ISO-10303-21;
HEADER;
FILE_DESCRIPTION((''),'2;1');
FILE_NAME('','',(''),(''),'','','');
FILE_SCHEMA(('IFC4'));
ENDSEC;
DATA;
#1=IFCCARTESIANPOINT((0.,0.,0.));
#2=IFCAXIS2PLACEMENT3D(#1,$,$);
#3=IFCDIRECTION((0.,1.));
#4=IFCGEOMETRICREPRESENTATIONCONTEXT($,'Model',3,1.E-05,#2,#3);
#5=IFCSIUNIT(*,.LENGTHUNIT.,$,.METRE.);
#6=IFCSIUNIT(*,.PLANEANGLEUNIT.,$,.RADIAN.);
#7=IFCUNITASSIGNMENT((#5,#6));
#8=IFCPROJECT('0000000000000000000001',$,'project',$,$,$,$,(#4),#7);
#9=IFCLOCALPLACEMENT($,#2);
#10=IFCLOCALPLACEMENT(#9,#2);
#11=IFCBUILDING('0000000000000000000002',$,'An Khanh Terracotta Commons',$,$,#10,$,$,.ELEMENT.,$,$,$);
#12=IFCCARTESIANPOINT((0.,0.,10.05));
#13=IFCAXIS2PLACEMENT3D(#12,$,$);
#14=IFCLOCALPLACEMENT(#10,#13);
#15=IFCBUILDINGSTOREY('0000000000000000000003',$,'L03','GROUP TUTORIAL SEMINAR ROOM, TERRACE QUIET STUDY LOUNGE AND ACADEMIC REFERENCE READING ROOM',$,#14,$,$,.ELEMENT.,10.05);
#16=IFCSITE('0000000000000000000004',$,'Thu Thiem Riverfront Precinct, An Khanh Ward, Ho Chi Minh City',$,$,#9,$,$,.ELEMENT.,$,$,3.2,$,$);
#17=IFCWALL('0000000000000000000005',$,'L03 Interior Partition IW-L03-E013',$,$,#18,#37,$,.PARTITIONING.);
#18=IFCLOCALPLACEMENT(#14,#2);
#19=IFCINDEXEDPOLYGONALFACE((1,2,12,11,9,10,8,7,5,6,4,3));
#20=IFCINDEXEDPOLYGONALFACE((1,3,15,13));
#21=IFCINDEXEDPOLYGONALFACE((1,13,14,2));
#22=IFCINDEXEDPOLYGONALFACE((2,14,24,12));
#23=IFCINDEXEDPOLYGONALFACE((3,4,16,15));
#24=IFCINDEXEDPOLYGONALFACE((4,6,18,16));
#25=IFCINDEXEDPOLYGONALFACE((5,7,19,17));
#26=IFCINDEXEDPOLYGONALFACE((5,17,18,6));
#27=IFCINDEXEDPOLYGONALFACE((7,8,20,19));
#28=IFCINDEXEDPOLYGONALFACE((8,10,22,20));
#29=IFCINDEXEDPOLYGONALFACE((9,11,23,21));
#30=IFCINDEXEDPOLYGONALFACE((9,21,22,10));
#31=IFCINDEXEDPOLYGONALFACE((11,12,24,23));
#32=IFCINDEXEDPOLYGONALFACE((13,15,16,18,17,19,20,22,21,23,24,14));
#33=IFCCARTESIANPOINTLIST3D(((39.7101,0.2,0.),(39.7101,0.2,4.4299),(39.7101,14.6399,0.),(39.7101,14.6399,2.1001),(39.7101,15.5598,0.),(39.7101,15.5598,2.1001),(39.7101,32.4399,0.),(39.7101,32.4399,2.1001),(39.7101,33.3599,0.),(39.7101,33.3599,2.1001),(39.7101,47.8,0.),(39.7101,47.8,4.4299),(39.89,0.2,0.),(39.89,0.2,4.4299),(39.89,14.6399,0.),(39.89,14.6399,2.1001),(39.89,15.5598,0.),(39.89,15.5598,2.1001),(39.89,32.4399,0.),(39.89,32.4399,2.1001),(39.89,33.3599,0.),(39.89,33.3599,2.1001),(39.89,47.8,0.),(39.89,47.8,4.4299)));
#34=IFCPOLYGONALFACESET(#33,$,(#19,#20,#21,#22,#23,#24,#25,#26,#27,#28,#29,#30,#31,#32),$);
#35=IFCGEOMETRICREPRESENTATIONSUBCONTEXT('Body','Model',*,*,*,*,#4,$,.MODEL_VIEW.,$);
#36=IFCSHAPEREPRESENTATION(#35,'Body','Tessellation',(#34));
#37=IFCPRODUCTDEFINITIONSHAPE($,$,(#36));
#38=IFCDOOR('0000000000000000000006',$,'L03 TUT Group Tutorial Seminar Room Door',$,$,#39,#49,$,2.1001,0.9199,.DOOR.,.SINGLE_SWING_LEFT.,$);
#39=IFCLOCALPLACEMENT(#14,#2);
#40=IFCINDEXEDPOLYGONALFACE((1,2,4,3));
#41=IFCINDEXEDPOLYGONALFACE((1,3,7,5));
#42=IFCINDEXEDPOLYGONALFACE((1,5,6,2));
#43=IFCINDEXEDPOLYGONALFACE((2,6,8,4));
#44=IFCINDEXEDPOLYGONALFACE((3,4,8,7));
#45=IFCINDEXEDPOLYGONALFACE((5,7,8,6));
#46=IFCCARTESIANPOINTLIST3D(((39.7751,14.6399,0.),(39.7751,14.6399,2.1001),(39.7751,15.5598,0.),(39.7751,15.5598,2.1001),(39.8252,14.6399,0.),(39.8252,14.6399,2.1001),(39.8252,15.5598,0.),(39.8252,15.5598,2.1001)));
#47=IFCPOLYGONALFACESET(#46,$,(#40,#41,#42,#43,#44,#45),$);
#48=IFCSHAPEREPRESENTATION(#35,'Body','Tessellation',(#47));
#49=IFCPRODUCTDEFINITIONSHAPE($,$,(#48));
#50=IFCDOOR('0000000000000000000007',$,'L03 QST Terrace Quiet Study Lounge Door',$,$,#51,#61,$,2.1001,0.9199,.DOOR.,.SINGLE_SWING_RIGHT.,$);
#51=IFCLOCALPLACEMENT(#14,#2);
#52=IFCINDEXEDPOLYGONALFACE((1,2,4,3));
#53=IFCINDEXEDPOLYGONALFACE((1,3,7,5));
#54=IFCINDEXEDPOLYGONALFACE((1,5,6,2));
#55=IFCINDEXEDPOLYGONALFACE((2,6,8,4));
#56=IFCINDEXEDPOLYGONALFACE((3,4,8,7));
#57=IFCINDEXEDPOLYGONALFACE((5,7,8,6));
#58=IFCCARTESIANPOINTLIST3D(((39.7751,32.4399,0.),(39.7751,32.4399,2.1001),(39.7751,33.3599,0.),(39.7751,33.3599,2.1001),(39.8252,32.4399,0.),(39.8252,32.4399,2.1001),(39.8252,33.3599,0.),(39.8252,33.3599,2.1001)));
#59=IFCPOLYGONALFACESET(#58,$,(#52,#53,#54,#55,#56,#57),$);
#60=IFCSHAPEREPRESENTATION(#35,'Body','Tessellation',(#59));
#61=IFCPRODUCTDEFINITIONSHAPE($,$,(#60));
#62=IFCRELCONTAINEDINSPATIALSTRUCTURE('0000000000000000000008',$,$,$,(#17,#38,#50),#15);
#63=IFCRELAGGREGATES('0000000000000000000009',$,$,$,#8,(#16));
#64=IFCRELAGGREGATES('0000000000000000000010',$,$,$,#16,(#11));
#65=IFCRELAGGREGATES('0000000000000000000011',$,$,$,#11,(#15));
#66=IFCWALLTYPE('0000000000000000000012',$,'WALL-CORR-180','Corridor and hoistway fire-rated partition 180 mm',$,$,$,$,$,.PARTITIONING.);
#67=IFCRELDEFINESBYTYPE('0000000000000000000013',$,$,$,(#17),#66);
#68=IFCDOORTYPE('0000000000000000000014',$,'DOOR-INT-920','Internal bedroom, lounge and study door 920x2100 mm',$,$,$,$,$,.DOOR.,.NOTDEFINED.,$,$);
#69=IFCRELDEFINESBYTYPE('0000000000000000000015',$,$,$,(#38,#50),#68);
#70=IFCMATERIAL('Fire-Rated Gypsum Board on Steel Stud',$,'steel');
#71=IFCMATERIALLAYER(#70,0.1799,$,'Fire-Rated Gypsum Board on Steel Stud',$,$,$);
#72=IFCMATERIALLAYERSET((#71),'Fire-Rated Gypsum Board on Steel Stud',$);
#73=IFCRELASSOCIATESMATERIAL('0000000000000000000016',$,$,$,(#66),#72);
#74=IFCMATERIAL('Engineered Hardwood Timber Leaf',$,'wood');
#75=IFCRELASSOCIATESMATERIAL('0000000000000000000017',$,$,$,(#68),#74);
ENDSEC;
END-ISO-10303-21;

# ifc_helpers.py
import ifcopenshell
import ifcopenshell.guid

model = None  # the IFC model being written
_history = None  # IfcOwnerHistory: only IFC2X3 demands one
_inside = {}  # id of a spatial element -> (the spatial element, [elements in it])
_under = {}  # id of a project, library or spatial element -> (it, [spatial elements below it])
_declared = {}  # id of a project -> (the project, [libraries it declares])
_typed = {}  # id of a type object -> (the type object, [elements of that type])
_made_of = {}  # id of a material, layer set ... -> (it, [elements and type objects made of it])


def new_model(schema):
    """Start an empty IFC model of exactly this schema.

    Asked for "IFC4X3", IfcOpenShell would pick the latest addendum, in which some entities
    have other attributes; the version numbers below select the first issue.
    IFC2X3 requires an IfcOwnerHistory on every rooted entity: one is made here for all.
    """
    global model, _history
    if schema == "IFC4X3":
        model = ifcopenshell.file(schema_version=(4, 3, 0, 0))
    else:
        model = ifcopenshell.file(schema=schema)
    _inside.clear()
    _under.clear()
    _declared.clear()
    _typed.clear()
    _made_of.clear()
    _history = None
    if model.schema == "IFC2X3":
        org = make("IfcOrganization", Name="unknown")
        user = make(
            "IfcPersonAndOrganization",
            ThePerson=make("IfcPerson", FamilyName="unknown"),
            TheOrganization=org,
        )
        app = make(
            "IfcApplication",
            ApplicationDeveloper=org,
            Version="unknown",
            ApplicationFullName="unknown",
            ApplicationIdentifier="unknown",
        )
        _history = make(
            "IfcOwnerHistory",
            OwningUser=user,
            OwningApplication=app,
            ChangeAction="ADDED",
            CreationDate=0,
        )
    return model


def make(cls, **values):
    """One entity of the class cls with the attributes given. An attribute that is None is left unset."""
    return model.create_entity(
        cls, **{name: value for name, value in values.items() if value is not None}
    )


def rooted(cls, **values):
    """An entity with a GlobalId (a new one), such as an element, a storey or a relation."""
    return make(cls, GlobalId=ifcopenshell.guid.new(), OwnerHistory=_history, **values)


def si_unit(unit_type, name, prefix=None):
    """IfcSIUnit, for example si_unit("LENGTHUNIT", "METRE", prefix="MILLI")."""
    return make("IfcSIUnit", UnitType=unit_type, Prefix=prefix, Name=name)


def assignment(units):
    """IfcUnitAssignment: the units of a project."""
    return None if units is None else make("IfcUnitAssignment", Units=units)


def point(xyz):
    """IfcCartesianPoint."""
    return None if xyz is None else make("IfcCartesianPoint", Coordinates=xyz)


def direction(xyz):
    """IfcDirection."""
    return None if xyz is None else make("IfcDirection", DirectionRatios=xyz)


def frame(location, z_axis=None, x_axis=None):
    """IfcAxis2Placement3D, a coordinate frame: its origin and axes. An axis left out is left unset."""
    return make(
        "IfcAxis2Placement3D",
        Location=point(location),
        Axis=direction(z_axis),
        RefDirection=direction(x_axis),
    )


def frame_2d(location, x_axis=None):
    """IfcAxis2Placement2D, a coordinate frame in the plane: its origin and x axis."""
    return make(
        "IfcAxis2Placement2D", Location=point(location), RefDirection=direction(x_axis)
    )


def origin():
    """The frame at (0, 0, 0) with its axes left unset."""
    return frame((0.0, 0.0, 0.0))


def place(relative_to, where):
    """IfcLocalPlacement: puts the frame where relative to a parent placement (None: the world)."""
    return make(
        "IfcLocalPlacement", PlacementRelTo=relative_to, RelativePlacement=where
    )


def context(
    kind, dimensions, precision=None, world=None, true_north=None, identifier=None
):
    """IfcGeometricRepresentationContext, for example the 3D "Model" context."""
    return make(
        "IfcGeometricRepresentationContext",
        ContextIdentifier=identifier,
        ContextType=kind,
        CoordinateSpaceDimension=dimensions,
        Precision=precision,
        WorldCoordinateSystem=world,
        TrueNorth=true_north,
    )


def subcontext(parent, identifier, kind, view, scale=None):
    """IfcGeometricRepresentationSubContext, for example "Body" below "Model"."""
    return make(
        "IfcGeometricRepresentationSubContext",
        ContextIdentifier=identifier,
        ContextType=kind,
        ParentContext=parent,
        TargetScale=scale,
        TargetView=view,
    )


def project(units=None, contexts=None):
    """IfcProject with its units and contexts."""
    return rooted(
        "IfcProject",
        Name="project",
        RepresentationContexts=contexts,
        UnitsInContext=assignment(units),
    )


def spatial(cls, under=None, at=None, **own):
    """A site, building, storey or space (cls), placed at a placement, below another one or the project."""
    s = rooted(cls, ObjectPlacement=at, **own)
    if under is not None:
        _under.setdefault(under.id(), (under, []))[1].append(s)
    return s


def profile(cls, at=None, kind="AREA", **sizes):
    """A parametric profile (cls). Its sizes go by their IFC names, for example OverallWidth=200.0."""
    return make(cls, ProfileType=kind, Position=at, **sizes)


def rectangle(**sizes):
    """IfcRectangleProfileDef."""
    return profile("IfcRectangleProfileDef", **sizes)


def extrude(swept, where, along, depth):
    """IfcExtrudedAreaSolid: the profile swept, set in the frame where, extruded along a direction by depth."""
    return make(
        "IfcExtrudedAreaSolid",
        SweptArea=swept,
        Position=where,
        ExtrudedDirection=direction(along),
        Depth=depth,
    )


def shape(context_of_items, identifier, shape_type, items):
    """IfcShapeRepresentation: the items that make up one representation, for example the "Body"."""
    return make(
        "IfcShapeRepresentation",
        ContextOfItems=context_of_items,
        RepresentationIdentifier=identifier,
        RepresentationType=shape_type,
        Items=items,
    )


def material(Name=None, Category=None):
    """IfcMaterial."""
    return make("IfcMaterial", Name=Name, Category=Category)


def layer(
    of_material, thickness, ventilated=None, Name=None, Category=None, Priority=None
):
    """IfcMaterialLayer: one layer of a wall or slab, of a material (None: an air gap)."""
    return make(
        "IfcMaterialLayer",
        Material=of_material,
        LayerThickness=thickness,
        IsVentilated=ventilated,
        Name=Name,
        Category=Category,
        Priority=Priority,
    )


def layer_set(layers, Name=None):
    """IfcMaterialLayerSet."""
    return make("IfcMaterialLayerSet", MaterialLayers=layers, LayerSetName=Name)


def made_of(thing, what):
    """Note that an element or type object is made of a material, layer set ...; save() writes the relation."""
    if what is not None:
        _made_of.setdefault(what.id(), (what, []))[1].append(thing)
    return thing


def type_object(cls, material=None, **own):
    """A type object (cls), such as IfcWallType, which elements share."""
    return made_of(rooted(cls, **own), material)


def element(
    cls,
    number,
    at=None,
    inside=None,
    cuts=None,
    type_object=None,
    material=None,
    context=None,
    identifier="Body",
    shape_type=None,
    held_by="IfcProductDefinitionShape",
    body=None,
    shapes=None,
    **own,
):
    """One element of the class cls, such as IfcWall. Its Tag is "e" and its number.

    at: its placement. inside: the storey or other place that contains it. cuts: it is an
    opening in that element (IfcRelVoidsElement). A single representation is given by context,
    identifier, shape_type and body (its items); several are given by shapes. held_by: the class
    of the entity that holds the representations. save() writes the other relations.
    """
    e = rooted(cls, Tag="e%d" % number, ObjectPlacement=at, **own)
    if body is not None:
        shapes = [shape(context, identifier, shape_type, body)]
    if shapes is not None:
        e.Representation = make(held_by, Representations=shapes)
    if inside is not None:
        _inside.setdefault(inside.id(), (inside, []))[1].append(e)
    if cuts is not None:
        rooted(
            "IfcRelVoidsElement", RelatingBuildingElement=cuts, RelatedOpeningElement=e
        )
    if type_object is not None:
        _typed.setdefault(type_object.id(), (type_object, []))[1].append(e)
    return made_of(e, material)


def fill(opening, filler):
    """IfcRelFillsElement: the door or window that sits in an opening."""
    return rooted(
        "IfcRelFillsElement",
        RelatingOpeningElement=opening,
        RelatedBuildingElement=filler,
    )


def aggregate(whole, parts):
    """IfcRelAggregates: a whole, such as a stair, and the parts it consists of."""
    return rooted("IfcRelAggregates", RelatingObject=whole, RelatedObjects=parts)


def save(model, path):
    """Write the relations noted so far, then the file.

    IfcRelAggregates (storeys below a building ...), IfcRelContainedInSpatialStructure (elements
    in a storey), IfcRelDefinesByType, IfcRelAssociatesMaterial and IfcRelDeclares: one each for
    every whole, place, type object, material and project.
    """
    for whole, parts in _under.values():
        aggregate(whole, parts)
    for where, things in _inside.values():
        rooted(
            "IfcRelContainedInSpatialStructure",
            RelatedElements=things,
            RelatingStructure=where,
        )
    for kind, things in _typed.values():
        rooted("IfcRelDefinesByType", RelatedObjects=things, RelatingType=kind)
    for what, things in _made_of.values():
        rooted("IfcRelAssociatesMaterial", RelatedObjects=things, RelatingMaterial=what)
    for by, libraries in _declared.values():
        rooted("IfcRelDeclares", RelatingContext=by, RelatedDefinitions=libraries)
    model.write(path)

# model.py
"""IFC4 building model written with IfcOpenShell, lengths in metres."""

from ifc_helpers import new_model, si_unit, direction, frame, frame_2d, origin, place, context, subcontext, project, spatial, rectangle, extrude, material, layer, layer_set, type_object, element, fill, save


model = new_model("IFC4")

# Units and contexts
model_context = context("Model", 3, precision=1e-05, world=origin(), true_north=direction((0.0, 1.0)))
body_context = subcontext(model_context, "Body", "Model", "MODEL_VIEW")
ifc_project = project(units=[si_unit("LENGTHUNIT", "METRE"), si_unit("PLANEANGLEUNIT", "RADIAN")], contexts=[model_context])

# Site, building, storey
site_placement = place(None, origin())
site = spatial("IfcSite", under=ifc_project, at=site_placement, Name="Thu Thiem Riverfront Precinct, An Khanh Ward, Ho Chi Minh City", CompositionType="ELEMENT", RefElevation=3.2)
building_placement = place(site_placement, origin())
building = spatial("IfcBuilding", under=site, at=building_placement, Name="An Khanh Terracotta Commons", CompositionType="ELEMENT")
storey_placement = place(building_placement, frame((0.0, 0.0, 10.05)))
storey = spatial("IfcBuildingStorey", under=building, at=storey_placement, Name="L03", Description="GROUP TUTORIAL SEMINAR ROOM, TERRACE QUIET STUDY LOUNGE AND ACADEMIC REFERENCE READING ROOM", CompositionType="ELEMENT", Elevation=10.05)

# Shared definitions
ifc_material_1 = material(Name="Fire-Rated Gypsum Board on Steel Stud", Category="steel")
ifc_layer = layer(ifc_material_1, 0.1799, Name="Fire-Rated Gypsum Board on Steel Stud")
ifc_layer_set = layer_set([ifc_layer], Name="Fire-Rated Gypsum Board on Steel Stud")
wall_type = type_object("IfcWallType", Name="WALL-CORR-180", Description="Corridor and hoistway fire-rated partition 180 mm", PredefinedType="PARTITIONING", material=ifc_layer_set)

# Wall, openings, doors
wall_1_placement = place(storey_placement, frame((39.8, 0.2, 0.0), z_axis=(0.0, 0.0, 1.0), x_axis=(0.0, 1.0, 0.0)))
wall_1 = element("IfcWall", 1, at=wall_1_placement, inside=storey, type_object=wall_type, Name="L03 Interior Partition IW-L03-E013", PredefinedType="PARTITIONING", context=body_context, shape_type="SweptSolid", body=[
    extrude(rectangle(XDim=47.6001, YDim=0.1799, at=frame_2d((23.8, 0.0))), origin(), (0.0, 0.0, 1.0), 4.4299),
])
opening_1_placement = place(wall_1_placement, frame((14.4399, 0.0, 0.0)))
opening_1 = element("IfcOpeningElement", 2, at=opening_1_placement, cuts=wall_1, PredefinedType="OPENING", context=body_context, shape_type="SweptSolid", body=[
    extrude(rectangle(XDim=0.9199, YDim=2.1001, at=frame_2d((0.46, 1.05))), frame((0.0, 0.0999, 0.0), z_axis=(0.0, -1.0, 0.0), x_axis=(1.0, 0.0, 0.0)), (0.0, 0.0, 1.0), 0.2),
])
opening_2_placement = place(wall_1_placement, frame((32.24, 0.0, 0.0)))
opening_2 = element("IfcOpeningElement", 3, at=opening_2_placement, cuts=wall_1, PredefinedType="OPENING", context=body_context, shape_type="SweptSolid", body=[
    extrude(rectangle(XDim=0.9199, YDim=2.1001, at=frame_2d((0.46, 1.05))), frame((0.0, 0.0999, 0.0), z_axis=(0.0, -1.0, 0.0), x_axis=(1.0, 0.0, 0.0)), (0.0, 0.0, 1.0), 0.2),
])
ifc_material_2 = material(Name="Engineered Hardwood Timber Leaf", Category="wood")
door_type = type_object("IfcDoorType", Name="DOOR-INT-920", Description="Internal bedroom, lounge and study door 920x2100 mm", OperationType="NOTDEFINED", PredefinedType="DOOR", material=ifc_material_2)
door_1_placement = place(opening_1_placement, origin())
door_1 = element("IfcDoor", 4, at=door_1_placement, inside=storey, type_object=door_type, Name="L03 TUT Group Tutorial Seminar Room Door", OperationType="SINGLE_SWING_LEFT", OverallHeight=2.1001, OverallWidth=0.9199, PredefinedType="DOOR", context=body_context, shape_type="SweptSolid", body=[
    extrude(rectangle(XDim=0.9199, YDim=2.1001, at=frame_2d((0.46, 1.05))), frame((0.0, 0.0249, 0.0), z_axis=(0.0, -1.0, 0.0), x_axis=(1.0, 0.0, 0.0)), (0.0, 0.0, 1.0), 0.05),
])
fill(opening_1, door_1)
door_2_placement = place(opening_2_placement, origin())
door_2 = element("IfcDoor", 5, at=door_2_placement, inside=storey, type_object=door_type, Name="L03 QST Terrace Quiet Study Lounge Door", OperationType="SINGLE_SWING_RIGHT", OverallHeight=2.1001, OverallWidth=0.9199, PredefinedType="DOOR", context=body_context, shape_type="SweptSolid", body=[
    extrude(rectangle(XDim=0.9199, YDim=2.1001, at=frame_2d((0.46, 1.05))), frame((0.0, 0.0249, 0.0), z_axis=(0.0, -1.0, 0.0), x_axis=(1.0, 0.0, 0.0)), (0.0, 0.0, 1.0), 0.05),
])
fill(opening_2, door_2)

save(model, "model.ifc")
